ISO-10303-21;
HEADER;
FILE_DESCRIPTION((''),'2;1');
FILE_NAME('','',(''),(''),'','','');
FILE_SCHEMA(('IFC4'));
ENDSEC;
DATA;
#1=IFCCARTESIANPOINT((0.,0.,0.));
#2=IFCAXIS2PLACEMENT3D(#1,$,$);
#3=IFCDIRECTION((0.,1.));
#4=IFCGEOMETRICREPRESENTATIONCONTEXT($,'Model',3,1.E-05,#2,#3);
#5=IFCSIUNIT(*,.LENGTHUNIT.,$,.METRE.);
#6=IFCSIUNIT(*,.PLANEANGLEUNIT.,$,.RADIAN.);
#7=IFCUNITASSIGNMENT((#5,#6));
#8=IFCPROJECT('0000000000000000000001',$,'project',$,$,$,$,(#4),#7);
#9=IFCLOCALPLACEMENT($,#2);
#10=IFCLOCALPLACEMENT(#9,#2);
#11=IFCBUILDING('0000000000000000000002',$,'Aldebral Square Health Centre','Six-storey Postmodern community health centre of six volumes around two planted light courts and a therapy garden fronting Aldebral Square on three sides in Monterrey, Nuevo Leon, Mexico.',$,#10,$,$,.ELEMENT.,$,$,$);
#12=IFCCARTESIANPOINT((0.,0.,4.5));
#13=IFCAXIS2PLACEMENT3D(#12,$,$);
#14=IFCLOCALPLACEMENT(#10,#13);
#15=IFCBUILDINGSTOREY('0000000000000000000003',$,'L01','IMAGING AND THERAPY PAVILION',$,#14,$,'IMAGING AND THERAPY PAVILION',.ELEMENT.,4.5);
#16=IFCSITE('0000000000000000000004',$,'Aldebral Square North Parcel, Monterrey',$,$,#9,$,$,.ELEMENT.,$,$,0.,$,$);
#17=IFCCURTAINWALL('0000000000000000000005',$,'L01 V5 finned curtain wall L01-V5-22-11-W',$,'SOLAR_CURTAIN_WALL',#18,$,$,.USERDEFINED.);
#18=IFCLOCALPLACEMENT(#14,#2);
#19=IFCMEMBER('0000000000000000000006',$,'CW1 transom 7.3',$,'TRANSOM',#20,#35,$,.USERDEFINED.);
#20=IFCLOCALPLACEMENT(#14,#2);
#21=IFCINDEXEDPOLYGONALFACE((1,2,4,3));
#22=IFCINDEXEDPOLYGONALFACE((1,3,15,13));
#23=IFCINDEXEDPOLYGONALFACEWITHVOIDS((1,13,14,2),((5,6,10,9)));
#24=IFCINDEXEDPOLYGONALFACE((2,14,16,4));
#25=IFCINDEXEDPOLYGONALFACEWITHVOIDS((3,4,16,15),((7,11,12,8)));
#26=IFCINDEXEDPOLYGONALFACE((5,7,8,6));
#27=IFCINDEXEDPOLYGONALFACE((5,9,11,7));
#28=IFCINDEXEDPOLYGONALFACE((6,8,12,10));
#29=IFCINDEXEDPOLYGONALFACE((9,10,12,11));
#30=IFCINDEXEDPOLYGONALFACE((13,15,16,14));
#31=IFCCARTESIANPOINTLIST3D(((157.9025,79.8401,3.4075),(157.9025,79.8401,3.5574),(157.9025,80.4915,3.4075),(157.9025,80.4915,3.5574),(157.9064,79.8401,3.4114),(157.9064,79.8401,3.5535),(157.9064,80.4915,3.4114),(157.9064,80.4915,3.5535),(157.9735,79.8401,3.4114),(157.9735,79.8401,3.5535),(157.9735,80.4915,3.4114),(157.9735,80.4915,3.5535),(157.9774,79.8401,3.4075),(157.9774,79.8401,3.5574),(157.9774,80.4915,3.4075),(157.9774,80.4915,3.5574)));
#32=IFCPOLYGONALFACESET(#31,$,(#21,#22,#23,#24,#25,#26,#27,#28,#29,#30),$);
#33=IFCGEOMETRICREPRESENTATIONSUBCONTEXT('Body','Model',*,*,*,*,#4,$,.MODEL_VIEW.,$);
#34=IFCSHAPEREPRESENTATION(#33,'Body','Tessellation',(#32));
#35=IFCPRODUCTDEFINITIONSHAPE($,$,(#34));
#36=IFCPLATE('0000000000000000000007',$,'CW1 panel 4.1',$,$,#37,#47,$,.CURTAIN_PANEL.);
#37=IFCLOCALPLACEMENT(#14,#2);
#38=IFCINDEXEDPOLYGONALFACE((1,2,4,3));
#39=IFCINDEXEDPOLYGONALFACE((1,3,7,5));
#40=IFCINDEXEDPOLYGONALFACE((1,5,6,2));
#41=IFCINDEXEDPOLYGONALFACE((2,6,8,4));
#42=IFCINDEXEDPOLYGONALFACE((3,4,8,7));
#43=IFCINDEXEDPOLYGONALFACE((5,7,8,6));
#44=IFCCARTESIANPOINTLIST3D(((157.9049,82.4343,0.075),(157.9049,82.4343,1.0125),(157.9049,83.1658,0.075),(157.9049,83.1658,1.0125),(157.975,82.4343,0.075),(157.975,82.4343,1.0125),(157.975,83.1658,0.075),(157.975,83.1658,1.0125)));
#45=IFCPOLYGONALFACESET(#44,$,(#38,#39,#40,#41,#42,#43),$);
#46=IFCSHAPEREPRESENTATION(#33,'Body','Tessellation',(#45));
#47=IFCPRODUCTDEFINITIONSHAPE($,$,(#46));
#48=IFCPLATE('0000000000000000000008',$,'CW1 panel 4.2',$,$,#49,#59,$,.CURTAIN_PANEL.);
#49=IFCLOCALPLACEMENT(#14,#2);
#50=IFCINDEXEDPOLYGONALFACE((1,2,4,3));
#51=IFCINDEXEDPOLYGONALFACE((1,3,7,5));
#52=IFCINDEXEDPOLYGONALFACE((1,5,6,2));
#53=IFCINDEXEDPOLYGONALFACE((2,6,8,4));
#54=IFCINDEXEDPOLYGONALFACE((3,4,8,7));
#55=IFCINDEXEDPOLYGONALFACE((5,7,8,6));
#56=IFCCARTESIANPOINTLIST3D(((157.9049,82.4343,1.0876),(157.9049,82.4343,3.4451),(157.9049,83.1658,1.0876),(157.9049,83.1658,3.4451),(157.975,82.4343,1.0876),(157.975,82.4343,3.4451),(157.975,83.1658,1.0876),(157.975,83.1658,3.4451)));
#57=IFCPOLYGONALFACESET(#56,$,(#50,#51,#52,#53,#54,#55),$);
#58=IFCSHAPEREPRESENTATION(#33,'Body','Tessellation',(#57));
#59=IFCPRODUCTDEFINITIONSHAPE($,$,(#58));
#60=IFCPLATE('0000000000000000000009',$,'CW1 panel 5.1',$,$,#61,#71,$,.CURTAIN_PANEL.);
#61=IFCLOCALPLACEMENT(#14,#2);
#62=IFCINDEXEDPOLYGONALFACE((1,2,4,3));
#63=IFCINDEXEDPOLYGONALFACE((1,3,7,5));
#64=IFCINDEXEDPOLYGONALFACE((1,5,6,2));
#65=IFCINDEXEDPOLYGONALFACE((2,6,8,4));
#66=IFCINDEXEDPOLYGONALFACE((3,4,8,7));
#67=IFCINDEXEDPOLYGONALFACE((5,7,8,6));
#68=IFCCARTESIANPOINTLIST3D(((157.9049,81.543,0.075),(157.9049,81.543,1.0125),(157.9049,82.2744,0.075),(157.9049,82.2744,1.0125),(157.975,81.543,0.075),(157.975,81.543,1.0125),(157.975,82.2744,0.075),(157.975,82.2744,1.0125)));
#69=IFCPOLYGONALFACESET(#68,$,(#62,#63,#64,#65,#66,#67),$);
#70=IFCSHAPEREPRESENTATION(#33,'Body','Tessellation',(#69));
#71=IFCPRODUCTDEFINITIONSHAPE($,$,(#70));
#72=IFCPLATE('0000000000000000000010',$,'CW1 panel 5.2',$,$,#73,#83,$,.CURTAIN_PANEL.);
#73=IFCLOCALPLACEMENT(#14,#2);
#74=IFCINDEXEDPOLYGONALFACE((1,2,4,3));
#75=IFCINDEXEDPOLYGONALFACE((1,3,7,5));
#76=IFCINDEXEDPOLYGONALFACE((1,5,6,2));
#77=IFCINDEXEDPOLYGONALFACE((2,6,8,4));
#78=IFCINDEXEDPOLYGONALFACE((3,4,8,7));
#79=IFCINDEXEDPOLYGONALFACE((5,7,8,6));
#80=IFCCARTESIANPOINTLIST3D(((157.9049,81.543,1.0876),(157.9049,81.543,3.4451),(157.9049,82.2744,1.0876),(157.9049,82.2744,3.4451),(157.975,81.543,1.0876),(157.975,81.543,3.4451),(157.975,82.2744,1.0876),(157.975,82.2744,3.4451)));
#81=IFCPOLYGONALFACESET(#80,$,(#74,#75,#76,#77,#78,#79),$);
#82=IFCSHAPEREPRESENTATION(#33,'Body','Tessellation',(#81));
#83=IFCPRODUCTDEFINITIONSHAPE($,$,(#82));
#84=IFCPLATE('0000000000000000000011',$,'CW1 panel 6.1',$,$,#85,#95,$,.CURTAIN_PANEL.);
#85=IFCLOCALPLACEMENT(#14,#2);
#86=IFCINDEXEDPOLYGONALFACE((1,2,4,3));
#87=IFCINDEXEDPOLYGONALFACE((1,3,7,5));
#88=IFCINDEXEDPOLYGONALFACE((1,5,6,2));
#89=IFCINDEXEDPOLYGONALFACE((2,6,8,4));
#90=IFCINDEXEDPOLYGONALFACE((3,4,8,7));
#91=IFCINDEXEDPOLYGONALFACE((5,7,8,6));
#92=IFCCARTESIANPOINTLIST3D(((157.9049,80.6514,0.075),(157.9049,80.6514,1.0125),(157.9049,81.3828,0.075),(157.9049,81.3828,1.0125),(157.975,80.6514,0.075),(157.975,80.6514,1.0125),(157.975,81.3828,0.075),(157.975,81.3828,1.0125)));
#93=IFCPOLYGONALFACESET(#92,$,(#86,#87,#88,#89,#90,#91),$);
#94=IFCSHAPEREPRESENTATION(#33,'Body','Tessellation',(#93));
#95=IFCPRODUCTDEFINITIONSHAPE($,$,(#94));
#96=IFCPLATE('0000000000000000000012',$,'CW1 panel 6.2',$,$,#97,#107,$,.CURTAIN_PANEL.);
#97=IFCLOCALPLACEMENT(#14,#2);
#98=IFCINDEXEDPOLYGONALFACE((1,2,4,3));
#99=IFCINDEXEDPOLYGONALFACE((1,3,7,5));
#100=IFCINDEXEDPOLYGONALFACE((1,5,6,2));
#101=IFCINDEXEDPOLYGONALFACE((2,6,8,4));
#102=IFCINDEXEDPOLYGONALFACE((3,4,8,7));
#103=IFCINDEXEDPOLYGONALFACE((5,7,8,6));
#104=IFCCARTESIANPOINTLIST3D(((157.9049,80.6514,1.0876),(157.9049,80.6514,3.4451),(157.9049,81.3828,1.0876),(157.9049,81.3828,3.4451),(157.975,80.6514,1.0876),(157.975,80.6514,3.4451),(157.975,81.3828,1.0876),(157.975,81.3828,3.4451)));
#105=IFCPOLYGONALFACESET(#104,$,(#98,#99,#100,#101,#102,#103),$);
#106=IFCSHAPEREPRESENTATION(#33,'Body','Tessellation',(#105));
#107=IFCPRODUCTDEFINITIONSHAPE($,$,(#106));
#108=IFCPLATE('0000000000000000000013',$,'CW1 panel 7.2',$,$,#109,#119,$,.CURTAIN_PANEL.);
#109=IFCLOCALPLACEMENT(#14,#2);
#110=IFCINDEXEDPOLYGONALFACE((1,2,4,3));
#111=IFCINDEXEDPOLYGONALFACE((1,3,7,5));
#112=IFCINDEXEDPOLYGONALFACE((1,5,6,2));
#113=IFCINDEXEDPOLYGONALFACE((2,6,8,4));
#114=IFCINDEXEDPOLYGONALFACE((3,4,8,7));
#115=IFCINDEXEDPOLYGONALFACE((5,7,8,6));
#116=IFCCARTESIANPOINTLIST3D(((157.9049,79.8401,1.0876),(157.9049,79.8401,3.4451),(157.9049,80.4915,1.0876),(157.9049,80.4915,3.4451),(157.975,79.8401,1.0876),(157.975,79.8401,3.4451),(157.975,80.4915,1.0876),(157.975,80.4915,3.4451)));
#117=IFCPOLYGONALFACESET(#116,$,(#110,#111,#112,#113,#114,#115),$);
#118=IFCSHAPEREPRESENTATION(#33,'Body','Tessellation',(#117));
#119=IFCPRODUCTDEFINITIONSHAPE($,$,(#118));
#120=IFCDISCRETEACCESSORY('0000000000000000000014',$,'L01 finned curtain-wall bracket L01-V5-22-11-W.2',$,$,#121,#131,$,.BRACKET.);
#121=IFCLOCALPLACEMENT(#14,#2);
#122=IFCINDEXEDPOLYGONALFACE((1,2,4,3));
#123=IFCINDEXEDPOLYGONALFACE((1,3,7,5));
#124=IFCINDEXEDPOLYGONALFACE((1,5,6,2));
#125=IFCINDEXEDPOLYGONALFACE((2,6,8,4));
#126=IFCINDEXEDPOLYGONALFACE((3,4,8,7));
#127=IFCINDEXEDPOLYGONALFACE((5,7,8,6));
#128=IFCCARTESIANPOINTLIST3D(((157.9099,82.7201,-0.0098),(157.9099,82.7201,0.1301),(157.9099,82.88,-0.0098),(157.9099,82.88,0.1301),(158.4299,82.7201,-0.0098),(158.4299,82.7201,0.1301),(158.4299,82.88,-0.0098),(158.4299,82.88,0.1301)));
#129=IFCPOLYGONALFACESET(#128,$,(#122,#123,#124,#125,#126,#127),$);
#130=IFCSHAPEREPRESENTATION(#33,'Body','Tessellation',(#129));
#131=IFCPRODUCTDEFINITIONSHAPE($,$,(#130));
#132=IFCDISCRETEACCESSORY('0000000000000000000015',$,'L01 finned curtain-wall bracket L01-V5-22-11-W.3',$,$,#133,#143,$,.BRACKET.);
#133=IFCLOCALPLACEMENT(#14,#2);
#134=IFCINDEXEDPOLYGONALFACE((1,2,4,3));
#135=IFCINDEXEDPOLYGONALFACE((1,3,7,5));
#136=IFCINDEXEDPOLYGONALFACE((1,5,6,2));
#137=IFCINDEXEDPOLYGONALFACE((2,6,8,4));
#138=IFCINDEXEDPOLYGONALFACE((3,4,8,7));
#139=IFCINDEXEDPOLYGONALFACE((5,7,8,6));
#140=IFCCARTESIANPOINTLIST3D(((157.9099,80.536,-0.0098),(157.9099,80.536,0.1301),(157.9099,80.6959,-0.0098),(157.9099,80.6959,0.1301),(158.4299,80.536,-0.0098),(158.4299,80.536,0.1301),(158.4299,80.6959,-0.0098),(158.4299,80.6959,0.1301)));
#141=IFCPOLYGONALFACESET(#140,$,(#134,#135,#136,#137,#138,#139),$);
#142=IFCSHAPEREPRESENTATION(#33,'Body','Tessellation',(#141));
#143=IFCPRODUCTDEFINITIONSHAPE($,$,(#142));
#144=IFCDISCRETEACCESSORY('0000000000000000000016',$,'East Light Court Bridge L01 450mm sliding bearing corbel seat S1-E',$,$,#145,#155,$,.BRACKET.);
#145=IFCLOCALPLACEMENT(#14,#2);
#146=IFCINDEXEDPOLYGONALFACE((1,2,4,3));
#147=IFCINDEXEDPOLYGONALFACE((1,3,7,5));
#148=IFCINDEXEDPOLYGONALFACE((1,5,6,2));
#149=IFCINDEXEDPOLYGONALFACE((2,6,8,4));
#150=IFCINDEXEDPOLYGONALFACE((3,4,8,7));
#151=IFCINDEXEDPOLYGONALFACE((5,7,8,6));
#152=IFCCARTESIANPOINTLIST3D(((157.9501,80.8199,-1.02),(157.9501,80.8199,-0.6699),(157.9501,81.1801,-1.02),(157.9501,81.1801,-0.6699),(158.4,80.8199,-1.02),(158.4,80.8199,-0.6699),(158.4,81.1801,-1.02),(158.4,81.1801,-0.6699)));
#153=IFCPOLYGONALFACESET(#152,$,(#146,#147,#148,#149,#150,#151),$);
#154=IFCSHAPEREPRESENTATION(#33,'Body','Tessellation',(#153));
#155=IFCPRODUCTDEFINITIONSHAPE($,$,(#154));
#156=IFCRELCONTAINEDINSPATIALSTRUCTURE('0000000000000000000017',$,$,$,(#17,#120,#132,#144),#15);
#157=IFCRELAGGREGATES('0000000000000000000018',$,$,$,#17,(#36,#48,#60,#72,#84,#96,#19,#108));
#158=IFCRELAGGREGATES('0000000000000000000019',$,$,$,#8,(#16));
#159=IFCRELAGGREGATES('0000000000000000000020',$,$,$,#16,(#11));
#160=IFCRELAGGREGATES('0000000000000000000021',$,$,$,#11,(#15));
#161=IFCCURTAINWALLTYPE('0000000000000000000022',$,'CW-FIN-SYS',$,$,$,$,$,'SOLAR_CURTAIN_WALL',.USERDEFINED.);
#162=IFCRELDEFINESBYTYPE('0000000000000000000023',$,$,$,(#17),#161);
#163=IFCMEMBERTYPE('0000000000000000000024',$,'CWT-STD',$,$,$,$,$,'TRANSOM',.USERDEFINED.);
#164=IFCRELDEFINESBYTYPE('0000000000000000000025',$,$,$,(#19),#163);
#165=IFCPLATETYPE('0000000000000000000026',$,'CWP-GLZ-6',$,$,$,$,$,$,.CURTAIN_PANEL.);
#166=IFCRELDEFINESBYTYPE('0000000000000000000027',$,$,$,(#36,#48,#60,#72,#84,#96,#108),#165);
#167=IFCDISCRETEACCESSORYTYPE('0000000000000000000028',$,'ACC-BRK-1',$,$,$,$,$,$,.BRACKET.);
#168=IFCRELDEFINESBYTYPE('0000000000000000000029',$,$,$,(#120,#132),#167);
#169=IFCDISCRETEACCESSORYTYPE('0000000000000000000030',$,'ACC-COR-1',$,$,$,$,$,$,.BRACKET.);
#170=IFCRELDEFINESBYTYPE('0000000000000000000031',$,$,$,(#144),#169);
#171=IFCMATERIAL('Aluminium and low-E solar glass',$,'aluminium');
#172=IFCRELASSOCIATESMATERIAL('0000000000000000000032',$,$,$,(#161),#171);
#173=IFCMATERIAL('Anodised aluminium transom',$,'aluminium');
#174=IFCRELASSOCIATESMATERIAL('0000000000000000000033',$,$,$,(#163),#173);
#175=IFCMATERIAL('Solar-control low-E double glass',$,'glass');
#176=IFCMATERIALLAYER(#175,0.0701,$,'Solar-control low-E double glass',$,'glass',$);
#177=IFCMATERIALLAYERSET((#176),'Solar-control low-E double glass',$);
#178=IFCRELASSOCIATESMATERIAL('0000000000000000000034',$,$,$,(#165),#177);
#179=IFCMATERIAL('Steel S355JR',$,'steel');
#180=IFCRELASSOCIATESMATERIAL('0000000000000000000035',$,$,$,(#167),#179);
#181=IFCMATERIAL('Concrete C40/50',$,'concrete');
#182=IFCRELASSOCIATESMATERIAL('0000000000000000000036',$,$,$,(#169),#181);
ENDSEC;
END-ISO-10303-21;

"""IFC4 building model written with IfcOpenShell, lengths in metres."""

from ifc_helpers import new_model, si_unit, direction, frame, origin, origin_2d, place, context, subcontext, project, spatial, rectangle, hollow_rectangle, extrude, material, layer, layer_set, material_profile, profile_set, type_object, element, aggregate, save


model = new_model("IFC4")

# Units and contexts
model_context = context("Model", 3, precision=1e-05, world=origin(), true_north=direction((0.0, 1.0)))
body_context = subcontext(model_context, "Body", "Model", "MODEL_VIEW")
ifc_project = project(units=[si_unit("LENGTHUNIT", "METRE"), si_unit("PLANEANGLEUNIT", "RADIAN")], contexts=[model_context])

# Site, building, storey
site_placement = place(None, origin())
site = spatial("IfcSite", under=ifc_project, at=site_placement, Name="Aldebral Square North Parcel, Monterrey", CompositionType="ELEMENT", RefElevation=0.0)
building_placement = place(site_placement, origin())
building = spatial("IfcBuilding", under=site, at=building_placement, Name="Aldebral Square Health Centre", Description="Six-storey Postmodern community health centre of six volumes around two planted light courts and a therapy garden fronting Aldebral Square on three sides in Monterrey, Nuevo Leon, Mexico.", CompositionType="ELEMENT")
storey_placement = place(building_placement, frame((0.0, 0.0, 4.5)))
storey = spatial("IfcBuildingStorey", under=building, at=storey_placement, Name="L01", Description="IMAGING AND THERAPY PAVILION", LongName="IMAGING AND THERAPY PAVILION", CompositionType="ELEMENT", Elevation=4.5)

# Curtain wall, member, plates
ifc_material_1 = material(Name="Aluminium and low-E solar glass", Category="aluminium")
curtain_wall_type = type_object("IfcCurtainWallType", Name="CW-FIN-SYS", ElementType="SOLAR_CURTAIN_WALL", PredefinedType="USERDEFINED", material=ifc_material_1)
curtain_wall_placement = place(storey_placement, origin())
curtain_wall = element("IfcCurtainWall", 1, at=curtain_wall_placement, inside=storey, type_object=curtain_wall_type, Name="L01 V5 finned curtain wall L01-V5-22-11-W", ObjectType="SOLAR_CURTAIN_WALL", PredefinedType="USERDEFINED")
ifc_material_2 = material(Name="Anodised aluminium transom", Category="aluminium")
ifc_material_profile_1 = material_profile(ifc_material_2, hollow_rectangle(XDim=0.075, YDim=0.1499, WallThickness=0.0039, at=origin_2d()), Name="CWT 75x150x4")
ifc_profile_set_1 = profile_set([ifc_material_profile_1], Name="Anodised aluminium transom")
member_type_1 = type_object("IfcMemberType", Name="CWT-STD", ElementType="TRANSOM", PredefinedType="USERDEFINED", material=ifc_profile_set_1)
member_1_placement = place(storey_placement, frame((157.9399, 80.4915, 3.4824), z_axis=(0.0, -1.0, 0.0), x_axis=(1.0, 0.0, 0.0)))
member_1 = element("IfcMember", 2, at=member_1_placement, type_object=member_type_1, Name="CW1 transom 7.3", ObjectType="TRANSOM", PredefinedType="USERDEFINED", context=body_context, shape_type="SweptSolid", body=[
    extrude(hollow_rectangle(XDim=0.075, YDim=0.1499, WallThickness=0.0039, at=origin_2d()), origin(), (0.0, 0.0, 1.0), 0.6514),
])
ifc_material_3 = material(Name="Solar-control low-E double glass", Category="glass")
ifc_layer = layer(ifc_material_3, 0.0701, Name="Solar-control low-E double glass", Category="glass")
ifc_layer_set = layer_set([ifc_layer], Name="Solar-control low-E double glass")
plate_type = type_object("IfcPlateType", Name="CWP-GLZ-6", PredefinedType="CURTAIN_PANEL", material=ifc_layer_set)
plate_1_placement = place(storey_placement, frame((157.9399, 82.8, 0.075), z_axis=(0.0, 0.0, 1.0), x_axis=(0.0, -1.0, 0.0)))
plate_1 = element("IfcPlate", 3, at=plate_1_placement, type_object=plate_type, Name="CW1 panel 4.1", PredefinedType="CURTAIN_PANEL", context=body_context, shape_type="SweptSolid", body=[
    extrude(rectangle(XDim=0.7314, YDim=0.0701, at=origin_2d()), origin(), (0.0, 0.0, 1.0), 0.9375),
])
plate_2_placement = place(storey_placement, frame((157.9399, 82.8, 1.0876), z_axis=(0.0, 0.0, 1.0), x_axis=(0.0, -1.0, 0.0)))
plate_2 = element("IfcPlate", 4, at=plate_2_placement, type_object=plate_type, Name="CW1 panel 4.2", PredefinedType="CURTAIN_PANEL", context=body_context, shape_type="SweptSolid", body=[
    extrude(rectangle(XDim=0.7314, YDim=0.0701, at=origin_2d()), origin(), (0.0, 0.0, 1.0), 2.3574),
])
plate_3_placement = place(storey_placement, frame((157.9399, 81.9087, 0.075), z_axis=(0.0, 0.0, 1.0), x_axis=(0.0, -1.0, 0.0)))
plate_3 = element("IfcPlate", 5, at=plate_3_placement, type_object=plate_type, Name="CW1 panel 5.1", PredefinedType="CURTAIN_PANEL", context=body_context, shape_type="SweptSolid", body=[
    extrude(rectangle(XDim=0.7314, YDim=0.0701, at=origin_2d()), origin(), (0.0, 0.0, 1.0), 0.9375),
])
plate_4_placement = place(storey_placement, frame((157.9399, 81.9087, 1.0876), z_axis=(0.0, 0.0, 1.0), x_axis=(0.0, -1.0, 0.0)))
plate_4 = element("IfcPlate", 6, at=plate_4_placement, type_object=plate_type, Name="CW1 panel 5.2", PredefinedType="CURTAIN_PANEL", context=body_context, shape_type="SweptSolid", body=[
    extrude(rectangle(XDim=0.7314, YDim=0.0701, at=origin_2d()), origin(), (0.0, 0.0, 1.0), 2.3574),
])
plate_5_placement = place(storey_placement, frame((157.9399, 81.0171, 0.075), z_axis=(0.0, 0.0, 1.0), x_axis=(0.0, -1.0, 0.0)))
plate_5 = element("IfcPlate", 7, at=plate_5_placement, type_object=plate_type, Name="CW1 panel 6.1", PredefinedType="CURTAIN_PANEL", context=body_context, shape_type="SweptSolid", body=[
    extrude(rectangle(XDim=0.7314, YDim=0.0701, at=origin_2d()), origin(), (0.0, 0.0, 1.0), 0.9375),
])
plate_6_placement = place(storey_placement, frame((157.9399, 81.0171, 1.0876), z_axis=(0.0, 0.0, 1.0), x_axis=(0.0, -1.0, 0.0)))
plate_6 = element("IfcPlate", 8, at=plate_6_placement, type_object=plate_type, Name="CW1 panel 6.2", PredefinedType="CURTAIN_PANEL", context=body_context, shape_type="SweptSolid", body=[
    extrude(rectangle(XDim=0.7314, YDim=0.0701, at=origin_2d()), origin(), (0.0, 0.0, 1.0), 2.3574),
])
plate_7_placement = place(storey_placement, frame((157.9399, 80.1658, 1.0876), z_axis=(0.0, 0.0, 1.0), x_axis=(0.0, -1.0, 0.0)))
plate_7 = element("IfcPlate", 9, at=plate_7_placement, type_object=plate_type, Name="CW1 panel 7.2", PredefinedType="CURTAIN_PANEL", context=body_context, shape_type="SweptSolid", body=[
    extrude(rectangle(XDim=0.6514, YDim=0.0701, at=origin_2d()), origin(), (0.0, 0.0, 1.0), 2.3574),
])
aggregate(curtain_wall, [plate_1, plate_2, plate_3, plate_4, plate_5, plate_6, member_1, plate_7])

# Discrete accessories
ifc_material_4 = material(Name="Steel S355JR", Category="steel")
discrete_accessory_type_1 = type_object("IfcDiscreteAccessoryType", Name="ACC-BRK-1", PredefinedType="BRACKET", material=ifc_material_4)
for number, where, z_axis, x_axis, name in (
    (10, (158.1699, 82.8, -0.0098), (0.0, 0.0, 1.0), (0.0, 1.0, 0.0), "L01 finned curtain-wall bracket L01-V5-22-11-W.2"),
    (11, (158.1699, 80.616, -0.0098), (0.0, 0.0, 1.0), (0.0, 1.0, 0.0), "L01 finned curtain-wall bracket L01-V5-22-11-W.3"),
):
    element("IfcDiscreteAccessory", number, at=place(storey_placement, frame(where, z_axis=z_axis, x_axis=x_axis)), inside=storey, type_object=discrete_accessory_type_1, Name=name, PredefinedType="BRACKET", context=body_context, shape_type="SweptSolid", body=[
        extrude(rectangle(XDim=0.1599, YDim=0.52, at=origin_2d()), origin(), (0.0, 0.0, 1.0), 0.1399),
    ])
ifc_material_5 = material(Name="Concrete C40/50", Category="concrete")
discrete_accessory_type_2 = type_object("IfcDiscreteAccessoryType", Name="ACC-COR-1", PredefinedType="BRACKET", material=ifc_material_5)
discrete_accessory_placement = place(storey_placement, frame((158.175, 81.0, -1.02), z_axis=(0.0, 0.0, 1.0), x_axis=(1.0, 0.0, 0.0)))
element("IfcDiscreteAccessory", 12, at=discrete_accessory_placement, inside=storey, type_object=discrete_accessory_type_2, Name="East Light Court Bridge L01 450mm sliding bearing corbel seat S1-E", PredefinedType="BRACKET", context=body_context, shape_type="SweptSolid", body=[
    extrude(rectangle(XDim=0.45, YDim=0.3601, at=origin_2d()), origin(), (0.0, 0.0, 1.0), 0.3501),
])

save(model, "model.ifc")
